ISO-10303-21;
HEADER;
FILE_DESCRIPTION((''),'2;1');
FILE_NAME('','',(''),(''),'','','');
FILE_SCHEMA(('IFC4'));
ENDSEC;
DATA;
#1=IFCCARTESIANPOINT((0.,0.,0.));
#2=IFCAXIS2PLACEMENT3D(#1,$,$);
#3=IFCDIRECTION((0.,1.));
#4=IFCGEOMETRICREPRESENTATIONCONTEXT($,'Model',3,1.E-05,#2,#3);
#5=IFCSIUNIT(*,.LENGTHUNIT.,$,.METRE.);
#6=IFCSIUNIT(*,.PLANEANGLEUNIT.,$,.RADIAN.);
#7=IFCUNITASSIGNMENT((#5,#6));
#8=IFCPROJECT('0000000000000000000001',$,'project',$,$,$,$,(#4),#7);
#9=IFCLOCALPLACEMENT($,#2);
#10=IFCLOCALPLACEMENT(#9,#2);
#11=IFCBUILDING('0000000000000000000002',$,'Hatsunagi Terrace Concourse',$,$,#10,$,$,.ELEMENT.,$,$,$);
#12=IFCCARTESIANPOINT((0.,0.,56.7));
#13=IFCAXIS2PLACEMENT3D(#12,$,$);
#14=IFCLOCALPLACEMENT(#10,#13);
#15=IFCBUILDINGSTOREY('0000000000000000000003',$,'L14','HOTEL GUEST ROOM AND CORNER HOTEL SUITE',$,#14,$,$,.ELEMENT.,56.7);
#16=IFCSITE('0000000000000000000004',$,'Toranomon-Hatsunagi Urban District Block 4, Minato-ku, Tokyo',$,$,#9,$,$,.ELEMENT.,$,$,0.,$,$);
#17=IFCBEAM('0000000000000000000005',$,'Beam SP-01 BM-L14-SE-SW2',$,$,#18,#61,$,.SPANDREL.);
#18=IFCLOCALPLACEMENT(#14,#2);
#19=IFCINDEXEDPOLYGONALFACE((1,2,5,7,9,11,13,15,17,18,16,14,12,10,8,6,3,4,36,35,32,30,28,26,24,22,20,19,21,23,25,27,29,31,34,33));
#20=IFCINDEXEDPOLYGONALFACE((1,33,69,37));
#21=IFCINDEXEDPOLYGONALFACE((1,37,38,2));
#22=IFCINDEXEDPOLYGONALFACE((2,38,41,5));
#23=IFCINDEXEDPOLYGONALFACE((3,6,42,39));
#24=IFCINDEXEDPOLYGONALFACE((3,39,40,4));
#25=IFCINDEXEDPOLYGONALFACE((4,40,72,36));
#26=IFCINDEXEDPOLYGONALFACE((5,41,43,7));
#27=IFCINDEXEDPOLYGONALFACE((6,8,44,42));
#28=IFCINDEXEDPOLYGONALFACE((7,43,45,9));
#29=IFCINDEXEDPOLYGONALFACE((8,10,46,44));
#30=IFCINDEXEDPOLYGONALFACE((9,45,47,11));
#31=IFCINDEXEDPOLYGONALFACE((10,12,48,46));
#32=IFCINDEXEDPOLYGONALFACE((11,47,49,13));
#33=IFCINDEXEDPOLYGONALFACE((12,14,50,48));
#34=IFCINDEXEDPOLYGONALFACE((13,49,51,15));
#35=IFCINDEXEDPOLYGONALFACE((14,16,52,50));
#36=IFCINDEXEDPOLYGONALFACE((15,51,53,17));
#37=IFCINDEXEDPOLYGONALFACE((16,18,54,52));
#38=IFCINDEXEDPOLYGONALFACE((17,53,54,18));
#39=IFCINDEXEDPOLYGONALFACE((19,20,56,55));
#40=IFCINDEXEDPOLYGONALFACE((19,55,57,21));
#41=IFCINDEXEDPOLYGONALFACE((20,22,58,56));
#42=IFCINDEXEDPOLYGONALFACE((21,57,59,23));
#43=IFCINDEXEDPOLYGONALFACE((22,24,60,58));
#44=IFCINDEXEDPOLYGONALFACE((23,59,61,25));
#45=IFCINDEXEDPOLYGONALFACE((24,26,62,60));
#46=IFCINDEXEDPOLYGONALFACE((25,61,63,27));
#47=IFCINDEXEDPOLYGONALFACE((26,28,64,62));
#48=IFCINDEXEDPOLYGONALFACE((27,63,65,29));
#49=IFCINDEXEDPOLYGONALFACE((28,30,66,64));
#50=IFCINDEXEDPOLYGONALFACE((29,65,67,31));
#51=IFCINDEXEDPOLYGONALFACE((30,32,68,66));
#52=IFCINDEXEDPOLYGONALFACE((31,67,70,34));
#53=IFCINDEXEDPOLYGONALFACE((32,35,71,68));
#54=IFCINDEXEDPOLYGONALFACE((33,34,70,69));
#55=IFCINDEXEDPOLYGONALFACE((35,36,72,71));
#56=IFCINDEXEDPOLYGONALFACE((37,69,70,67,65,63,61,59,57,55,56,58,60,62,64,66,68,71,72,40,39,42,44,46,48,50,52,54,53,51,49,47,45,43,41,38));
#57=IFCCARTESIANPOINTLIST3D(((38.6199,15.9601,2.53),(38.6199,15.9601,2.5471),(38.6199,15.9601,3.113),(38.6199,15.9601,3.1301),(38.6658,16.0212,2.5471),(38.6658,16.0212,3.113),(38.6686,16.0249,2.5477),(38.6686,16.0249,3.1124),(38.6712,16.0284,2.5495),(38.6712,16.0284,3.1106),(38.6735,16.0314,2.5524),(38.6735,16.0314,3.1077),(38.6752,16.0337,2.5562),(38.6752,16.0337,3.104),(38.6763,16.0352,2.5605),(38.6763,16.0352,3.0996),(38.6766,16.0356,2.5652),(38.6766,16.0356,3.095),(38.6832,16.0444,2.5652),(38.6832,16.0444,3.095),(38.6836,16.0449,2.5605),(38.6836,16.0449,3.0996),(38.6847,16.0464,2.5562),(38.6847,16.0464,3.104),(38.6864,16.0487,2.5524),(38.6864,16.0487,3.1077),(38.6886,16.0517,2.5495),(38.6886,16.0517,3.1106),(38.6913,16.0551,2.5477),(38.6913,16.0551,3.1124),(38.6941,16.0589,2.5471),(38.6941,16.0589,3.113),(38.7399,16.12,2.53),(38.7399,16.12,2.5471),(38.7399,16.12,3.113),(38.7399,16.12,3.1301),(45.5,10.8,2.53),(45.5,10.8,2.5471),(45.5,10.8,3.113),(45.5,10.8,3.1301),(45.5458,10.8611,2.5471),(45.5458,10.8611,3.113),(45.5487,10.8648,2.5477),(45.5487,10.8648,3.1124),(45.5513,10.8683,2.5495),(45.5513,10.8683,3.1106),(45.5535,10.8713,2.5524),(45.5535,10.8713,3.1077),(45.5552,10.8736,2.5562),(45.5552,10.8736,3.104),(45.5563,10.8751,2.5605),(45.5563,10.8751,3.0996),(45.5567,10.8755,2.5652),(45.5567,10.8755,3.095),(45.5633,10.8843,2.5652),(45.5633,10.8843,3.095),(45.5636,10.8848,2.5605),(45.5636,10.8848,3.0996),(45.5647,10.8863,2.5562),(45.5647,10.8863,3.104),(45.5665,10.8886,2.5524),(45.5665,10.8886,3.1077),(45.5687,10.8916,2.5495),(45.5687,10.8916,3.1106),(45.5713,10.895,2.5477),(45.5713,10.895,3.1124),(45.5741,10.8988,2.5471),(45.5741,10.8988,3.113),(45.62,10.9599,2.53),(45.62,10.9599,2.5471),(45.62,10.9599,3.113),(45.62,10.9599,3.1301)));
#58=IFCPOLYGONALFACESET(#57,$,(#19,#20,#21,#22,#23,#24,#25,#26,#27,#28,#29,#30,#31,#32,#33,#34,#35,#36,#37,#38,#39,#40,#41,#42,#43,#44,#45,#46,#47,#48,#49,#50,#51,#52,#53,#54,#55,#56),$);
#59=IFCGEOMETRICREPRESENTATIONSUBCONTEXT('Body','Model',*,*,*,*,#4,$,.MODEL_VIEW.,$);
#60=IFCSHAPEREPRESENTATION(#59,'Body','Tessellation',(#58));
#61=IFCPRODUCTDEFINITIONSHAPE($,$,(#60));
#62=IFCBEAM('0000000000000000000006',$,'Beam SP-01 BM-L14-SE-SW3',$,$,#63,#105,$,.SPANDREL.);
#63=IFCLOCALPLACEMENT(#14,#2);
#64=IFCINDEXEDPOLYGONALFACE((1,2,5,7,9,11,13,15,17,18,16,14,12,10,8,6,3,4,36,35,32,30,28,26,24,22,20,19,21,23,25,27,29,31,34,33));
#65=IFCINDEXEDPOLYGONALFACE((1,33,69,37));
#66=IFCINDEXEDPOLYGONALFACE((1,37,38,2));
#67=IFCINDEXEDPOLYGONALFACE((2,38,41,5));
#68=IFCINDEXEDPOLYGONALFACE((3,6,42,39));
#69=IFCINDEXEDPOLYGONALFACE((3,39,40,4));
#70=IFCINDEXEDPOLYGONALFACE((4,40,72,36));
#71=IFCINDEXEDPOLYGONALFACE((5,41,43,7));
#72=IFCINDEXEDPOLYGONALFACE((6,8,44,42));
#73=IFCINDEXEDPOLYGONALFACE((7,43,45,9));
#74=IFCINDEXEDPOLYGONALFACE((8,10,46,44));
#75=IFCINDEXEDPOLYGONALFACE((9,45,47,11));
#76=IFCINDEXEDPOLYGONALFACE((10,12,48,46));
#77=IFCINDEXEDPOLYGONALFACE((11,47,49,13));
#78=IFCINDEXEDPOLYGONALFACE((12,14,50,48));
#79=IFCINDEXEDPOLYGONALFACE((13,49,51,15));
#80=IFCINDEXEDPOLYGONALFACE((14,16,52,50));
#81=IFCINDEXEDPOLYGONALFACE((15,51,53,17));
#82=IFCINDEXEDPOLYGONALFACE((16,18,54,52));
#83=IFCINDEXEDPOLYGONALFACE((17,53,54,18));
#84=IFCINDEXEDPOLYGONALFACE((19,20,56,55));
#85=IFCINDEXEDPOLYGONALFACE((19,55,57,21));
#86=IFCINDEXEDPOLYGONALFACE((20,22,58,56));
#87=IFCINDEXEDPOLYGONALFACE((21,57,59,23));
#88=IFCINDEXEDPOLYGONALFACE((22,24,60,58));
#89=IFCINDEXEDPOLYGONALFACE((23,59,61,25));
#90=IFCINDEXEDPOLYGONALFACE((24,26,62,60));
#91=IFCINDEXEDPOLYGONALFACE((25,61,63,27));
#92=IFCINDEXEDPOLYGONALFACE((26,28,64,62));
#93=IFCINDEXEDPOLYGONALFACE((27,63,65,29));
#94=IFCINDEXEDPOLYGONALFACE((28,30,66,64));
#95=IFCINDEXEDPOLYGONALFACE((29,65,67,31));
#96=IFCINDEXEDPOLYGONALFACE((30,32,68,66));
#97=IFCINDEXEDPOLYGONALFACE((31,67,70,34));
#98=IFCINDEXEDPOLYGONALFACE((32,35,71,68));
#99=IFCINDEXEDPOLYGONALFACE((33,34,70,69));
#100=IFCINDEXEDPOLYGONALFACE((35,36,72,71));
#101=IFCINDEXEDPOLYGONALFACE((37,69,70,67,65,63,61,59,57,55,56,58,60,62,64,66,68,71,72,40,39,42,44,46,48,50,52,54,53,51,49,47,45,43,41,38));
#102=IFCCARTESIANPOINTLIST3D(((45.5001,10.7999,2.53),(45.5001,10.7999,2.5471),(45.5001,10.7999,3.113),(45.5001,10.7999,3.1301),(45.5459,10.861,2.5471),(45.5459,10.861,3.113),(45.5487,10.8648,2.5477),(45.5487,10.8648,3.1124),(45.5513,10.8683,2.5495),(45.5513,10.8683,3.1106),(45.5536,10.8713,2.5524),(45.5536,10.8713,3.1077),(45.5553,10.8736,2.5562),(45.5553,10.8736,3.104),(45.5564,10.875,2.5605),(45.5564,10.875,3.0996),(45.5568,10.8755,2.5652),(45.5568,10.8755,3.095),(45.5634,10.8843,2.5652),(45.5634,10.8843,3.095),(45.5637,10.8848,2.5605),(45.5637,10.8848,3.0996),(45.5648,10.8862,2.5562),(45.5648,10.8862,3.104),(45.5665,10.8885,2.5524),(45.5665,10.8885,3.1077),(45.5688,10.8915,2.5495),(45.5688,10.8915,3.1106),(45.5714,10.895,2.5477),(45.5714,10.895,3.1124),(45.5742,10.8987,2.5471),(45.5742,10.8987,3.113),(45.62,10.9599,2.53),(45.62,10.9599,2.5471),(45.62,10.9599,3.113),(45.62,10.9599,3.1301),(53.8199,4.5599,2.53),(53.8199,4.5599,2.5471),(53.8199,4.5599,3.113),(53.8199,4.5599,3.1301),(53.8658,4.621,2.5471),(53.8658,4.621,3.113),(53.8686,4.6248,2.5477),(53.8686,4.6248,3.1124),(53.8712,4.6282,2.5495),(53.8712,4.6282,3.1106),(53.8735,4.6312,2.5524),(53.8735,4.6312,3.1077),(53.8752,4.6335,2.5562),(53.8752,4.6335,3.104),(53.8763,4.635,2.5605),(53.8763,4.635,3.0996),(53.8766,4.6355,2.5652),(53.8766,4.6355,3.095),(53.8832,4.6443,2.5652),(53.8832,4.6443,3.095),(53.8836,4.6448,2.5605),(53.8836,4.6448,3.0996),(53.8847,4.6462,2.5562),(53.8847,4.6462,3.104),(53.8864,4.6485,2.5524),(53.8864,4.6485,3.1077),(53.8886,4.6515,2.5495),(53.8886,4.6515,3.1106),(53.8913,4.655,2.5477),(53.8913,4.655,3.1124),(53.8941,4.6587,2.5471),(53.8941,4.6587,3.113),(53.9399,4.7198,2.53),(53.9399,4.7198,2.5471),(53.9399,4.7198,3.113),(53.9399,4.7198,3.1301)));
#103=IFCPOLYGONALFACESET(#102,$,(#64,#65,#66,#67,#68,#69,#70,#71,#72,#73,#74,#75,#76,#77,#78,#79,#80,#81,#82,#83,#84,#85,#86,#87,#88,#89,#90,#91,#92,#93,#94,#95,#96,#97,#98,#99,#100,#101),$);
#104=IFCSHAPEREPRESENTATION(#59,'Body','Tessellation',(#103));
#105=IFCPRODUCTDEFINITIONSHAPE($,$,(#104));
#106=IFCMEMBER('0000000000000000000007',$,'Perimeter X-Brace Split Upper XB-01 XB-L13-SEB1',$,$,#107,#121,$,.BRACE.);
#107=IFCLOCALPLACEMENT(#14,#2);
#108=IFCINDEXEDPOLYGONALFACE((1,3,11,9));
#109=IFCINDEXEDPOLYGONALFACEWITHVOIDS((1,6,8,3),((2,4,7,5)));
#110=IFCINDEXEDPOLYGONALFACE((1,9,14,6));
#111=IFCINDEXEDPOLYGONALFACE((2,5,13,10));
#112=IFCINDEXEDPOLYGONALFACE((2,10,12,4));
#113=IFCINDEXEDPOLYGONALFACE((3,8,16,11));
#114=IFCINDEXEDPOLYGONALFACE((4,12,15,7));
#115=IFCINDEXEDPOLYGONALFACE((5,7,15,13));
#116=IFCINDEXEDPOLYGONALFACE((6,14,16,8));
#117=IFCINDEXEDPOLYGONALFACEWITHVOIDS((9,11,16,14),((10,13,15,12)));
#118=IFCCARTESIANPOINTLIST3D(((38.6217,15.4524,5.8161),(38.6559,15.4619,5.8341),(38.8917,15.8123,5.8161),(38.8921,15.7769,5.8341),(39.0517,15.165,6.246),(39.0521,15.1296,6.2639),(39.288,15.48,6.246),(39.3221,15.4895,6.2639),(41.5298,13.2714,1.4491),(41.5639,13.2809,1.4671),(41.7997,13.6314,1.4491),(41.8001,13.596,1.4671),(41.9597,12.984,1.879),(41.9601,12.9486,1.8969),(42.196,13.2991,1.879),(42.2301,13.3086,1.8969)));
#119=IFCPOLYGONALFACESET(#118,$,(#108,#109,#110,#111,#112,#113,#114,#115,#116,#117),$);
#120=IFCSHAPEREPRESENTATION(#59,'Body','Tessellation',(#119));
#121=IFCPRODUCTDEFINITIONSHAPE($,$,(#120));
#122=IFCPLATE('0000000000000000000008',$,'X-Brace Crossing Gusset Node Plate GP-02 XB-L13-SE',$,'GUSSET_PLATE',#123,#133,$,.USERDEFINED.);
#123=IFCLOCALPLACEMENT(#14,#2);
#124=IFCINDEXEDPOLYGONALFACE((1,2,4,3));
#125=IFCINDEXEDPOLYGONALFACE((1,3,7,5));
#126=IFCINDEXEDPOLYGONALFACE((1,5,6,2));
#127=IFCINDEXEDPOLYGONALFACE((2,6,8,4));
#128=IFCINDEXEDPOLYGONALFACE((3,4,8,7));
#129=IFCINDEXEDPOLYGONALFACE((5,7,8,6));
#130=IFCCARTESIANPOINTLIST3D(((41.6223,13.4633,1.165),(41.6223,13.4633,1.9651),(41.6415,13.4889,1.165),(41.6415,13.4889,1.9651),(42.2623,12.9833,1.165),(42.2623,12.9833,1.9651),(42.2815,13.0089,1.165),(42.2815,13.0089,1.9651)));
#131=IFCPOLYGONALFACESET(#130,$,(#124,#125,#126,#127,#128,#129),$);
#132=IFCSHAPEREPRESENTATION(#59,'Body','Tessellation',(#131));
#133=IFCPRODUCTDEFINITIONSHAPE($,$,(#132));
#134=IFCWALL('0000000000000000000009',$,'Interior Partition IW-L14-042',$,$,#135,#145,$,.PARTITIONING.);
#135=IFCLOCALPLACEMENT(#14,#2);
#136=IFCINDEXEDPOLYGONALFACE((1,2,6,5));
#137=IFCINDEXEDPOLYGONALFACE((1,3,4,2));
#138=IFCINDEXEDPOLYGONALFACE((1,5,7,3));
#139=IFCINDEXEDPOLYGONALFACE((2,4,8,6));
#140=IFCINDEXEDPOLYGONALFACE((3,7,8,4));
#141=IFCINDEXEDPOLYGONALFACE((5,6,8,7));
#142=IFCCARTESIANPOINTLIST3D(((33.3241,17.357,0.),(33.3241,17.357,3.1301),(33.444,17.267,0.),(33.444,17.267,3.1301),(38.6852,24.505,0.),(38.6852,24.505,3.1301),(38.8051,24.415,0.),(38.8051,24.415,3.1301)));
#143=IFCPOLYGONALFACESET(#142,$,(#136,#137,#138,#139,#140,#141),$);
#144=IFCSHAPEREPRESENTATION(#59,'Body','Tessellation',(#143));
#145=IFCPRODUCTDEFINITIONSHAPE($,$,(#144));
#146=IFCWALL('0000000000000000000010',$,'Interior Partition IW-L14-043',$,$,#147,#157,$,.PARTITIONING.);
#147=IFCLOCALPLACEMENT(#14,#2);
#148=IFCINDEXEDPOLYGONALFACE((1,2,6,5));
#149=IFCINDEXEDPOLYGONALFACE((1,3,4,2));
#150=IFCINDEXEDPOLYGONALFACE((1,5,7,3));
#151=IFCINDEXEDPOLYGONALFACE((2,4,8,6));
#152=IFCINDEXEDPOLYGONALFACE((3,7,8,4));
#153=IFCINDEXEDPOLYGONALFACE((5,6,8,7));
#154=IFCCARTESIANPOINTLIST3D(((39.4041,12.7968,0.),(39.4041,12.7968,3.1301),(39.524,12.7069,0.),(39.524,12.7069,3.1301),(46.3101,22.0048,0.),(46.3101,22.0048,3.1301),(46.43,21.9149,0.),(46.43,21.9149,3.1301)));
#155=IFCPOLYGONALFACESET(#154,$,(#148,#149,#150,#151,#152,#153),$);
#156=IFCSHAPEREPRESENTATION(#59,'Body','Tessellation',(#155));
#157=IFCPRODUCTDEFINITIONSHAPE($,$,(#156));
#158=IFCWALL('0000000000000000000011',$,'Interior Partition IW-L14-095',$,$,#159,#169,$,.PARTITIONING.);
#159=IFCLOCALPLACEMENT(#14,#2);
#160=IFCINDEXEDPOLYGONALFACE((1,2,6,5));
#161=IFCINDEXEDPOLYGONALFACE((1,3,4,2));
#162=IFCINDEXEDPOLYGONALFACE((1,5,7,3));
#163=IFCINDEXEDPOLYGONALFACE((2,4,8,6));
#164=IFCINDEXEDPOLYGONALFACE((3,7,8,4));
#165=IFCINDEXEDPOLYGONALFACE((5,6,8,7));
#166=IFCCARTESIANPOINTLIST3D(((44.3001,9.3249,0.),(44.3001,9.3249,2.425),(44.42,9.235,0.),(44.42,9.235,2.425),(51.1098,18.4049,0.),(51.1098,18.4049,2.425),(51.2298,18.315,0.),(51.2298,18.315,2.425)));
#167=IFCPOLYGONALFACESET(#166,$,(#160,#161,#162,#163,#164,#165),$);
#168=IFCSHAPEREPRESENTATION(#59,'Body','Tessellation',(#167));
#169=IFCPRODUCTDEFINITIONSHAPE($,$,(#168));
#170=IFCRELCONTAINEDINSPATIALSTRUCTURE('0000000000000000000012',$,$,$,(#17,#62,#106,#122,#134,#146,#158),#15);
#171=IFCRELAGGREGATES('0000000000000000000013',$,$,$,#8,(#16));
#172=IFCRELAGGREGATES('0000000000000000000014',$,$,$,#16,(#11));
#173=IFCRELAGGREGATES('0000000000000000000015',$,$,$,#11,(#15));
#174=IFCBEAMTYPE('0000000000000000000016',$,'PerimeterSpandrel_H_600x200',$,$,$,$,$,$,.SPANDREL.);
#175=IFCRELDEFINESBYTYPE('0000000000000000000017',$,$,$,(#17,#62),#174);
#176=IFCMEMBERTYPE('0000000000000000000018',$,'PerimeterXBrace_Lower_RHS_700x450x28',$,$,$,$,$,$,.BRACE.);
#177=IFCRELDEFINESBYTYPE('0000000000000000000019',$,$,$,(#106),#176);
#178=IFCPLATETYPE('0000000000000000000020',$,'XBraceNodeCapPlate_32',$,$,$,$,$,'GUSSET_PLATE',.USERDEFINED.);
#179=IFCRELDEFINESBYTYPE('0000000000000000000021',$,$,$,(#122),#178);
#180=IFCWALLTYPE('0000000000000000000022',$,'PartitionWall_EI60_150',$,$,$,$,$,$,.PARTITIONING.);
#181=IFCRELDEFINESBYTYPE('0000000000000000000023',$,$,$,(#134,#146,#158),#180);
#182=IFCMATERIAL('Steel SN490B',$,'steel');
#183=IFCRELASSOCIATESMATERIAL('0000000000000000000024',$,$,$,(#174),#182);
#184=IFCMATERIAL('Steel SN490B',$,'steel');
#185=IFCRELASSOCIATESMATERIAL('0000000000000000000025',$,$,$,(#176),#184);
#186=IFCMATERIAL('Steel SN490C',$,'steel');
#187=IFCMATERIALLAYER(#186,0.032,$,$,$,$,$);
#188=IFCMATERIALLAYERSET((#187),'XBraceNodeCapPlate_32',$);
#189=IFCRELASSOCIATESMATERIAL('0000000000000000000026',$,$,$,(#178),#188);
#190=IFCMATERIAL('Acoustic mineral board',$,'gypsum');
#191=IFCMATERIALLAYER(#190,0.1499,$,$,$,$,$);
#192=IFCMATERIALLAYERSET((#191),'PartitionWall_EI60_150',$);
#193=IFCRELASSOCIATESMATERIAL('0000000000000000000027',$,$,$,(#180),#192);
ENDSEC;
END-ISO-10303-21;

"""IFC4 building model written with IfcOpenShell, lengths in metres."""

from ifc_helpers import new_model, si_unit, direction, frame, frame_2d, origin, origin_2d, place, context, subcontext, project, spatial, rectangle, hollow_rectangle, i_section, extrude, material, layer, layer_set, material_profile, profile_set, type_object, element, save


model = new_model("IFC4")

# Units and contexts
model_context = context("Model", 3, precision=1e-05, world=origin(), true_north=direction((0.0, 1.0)))
body_context = subcontext(model_context, "Body", "Model", "MODEL_VIEW")
ifc_project = project(units=[si_unit("LENGTHUNIT", "METRE"), si_unit("PLANEANGLEUNIT", "RADIAN")], contexts=[model_context])

# Site, building, storey
site_placement = place(None, origin())
site = spatial("IfcSite", under=ifc_project, at=site_placement, Name="Toranomon-Hatsunagi Urban District Block 4, Minato-ku, Tokyo", CompositionType="ELEMENT", RefElevation=0.0)
building_placement = place(site_placement, origin())
building = spatial("IfcBuilding", under=site, at=building_placement, Name="Hatsunagi Terrace Concourse", CompositionType="ELEMENT")
storey_placement = place(building_placement, frame((0.0, 0.0, 56.7)))
storey = spatial("IfcBuildingStorey", under=building, at=storey_placement, Name="L14", Description="HOTEL GUEST ROOM AND CORNER HOTEL SUITE", CompositionType="ELEMENT", Elevation=56.7)

# Beams
ifc_material_1 = material(Name="Steel SN490B", Category="steel")
ifc_material_profile_1 = material_profile(ifc_material_1, i_section(OverallWidth=0.2, OverallDepth=0.6001, WebThickness=0.011, FlangeThickness=0.0171, FilletRadius=0.0181, at=origin_2d()), Name="H-600x200x11x17")
ifc_profile_set_1 = profile_set([ifc_material_profile_1], Name="Steel SN490B")
beam_type_1 = type_object("IfcBeamType", Name="PerimeterSpandrel_H_600x200", PredefinedType="SPANDREL", material=ifc_profile_set_1)
beam_1_placement = place(storey_placement, frame((38.6799, 16.04, 2.8301), z_axis=(0.799997, -0.600005, 0.0), x_axis=(0.600005, 0.799997, 0.0)))
element("IfcBeam", 1, at=beam_1_placement, inside=storey, type_object=beam_type_1, Name="Beam SP-01 BM-L14-SE-SW2", PredefinedType="SPANDREL", context=body_context, shape_type="SweptSolid", body=[
    extrude(i_section(OverallWidth=0.2, OverallDepth=0.6001, WebThickness=0.011, FlangeThickness=0.0171, FilletRadius=0.0181, at=origin_2d()), origin(), (0.0, 0.0, 1.0), 8.6001),
])
beam_2_placement = place(storey_placement, frame((45.5601, 10.8799, 2.8301), z_axis=(0.799994, -0.600008, 0.0), x_axis=(0.600008, 0.799994, 0.0)))
element("IfcBeam", 2, at=beam_2_placement, inside=storey, type_object=beam_type_1, Name="Beam SP-01 BM-L14-SE-SW3", PredefinedType="SPANDREL", context=body_context, shape_type="SweptSolid", body=[
    extrude(i_section(OverallWidth=0.2, OverallDepth=0.6001, WebThickness=0.011, FlangeThickness=0.0171, FilletRadius=0.0181, at=origin_2d()), origin(), (0.0, 0.0, 1.0), 10.3999),
])

# Member
ifc_material_2 = material(Name="Steel SN490B", Category="steel")
ifc_material_profile_2 = material_profile(ifc_material_2, hollow_rectangle(XDim=0.45, YDim=0.7, WallThickness=0.0281, at=origin_2d()), Name="RHS-700x450x28")
ifc_profile_set_2 = profile_set([ifc_material_profile_2], Name="Steel SN490B")
member_type = type_object("IfcMemberType", Name="PerimeterXBrace_Lower_RHS_700x450x28", PredefinedType="BRACE", material=ifc_profile_set_2)
member_placement = place(storey_placement, frame((38.9719, 15.4709, 6.04), z_axis=(0.511803, -0.383841, -0.768585), x_axis=(0.599989, 0.800008, 0.0)))
element("IfcMember", 3, at=member_placement, inside=storey, type_object=member_type, Name="Perimeter X-Brace Split Upper XB-01 XB-L13-SEB1", PredefinedType="BRACE", context=body_context, shape_type="SweptSolid", body=[
    extrude(hollow_rectangle(XDim=0.45, YDim=0.7, WallThickness=0.0281, at=origin_2d()), origin(), (0.0, 0.0, 1.0), 5.6819),
])

# Plate
ifc_material_3 = material(Name="Steel SN490C", Category="steel")
ifc_layer_1 = layer(ifc_material_3, 0.032)
ifc_layer_set_1 = layer_set([ifc_layer_1], Name="XBraceNodeCapPlate_32")
plate_type = type_object("IfcPlateType", Name="XBraceNodeCapPlate_32", ElementType="GUSSET_PLATE", PredefinedType="USERDEFINED", material=ifc_layer_set_1)
plate_placement = place(storey_placement, frame((41.9519, 13.2361, 1.165), z_axis=(0.0, 0.0, 1.0), x_axis=(0.8, -0.6, 0.0)))
element("IfcPlate", 4, at=plate_placement, inside=storey, type_object=plate_type, Name="X-Brace Crossing Gusset Node Plate GP-02 XB-L13-SE", ObjectType="GUSSET_PLATE", PredefinedType="USERDEFINED", context=body_context, shape_type="SweptSolid", body=[
    extrude(rectangle(XDim=0.8, YDim=0.032, at=origin_2d()), origin(), (0.0, 0.0, 1.0), 0.8),
])

# Walls
ifc_material_4 = material(Name="Acoustic mineral board", Category="gypsum")
ifc_layer_2 = layer(ifc_material_4, 0.1499)
ifc_layer_set_2 = layer_set([ifc_layer_2], Name="PartitionWall_EI60_150")
wall_type = type_object("IfcWallType", Name="PartitionWall_EI60_150", PredefinedType="PARTITIONING", material=ifc_layer_set_2)
wall_1_placement = place(storey_placement, frame((33.384, 17.312, 0.0), z_axis=(0.0, 0.0, 1.0), x_axis=(0.600009, 0.799993, 0.0)))
element("IfcWall", 5, at=wall_1_placement, inside=storey, type_object=wall_type, Name="Interior Partition IW-L14-042", PredefinedType="PARTITIONING", context=body_context, shape_type="SweptSolid", body=[
    extrude(rectangle(XDim=8.9351, YDim=0.1499, at=frame_2d((4.4675, 0.0))), origin(), (0.0, 0.0, 1.0), 3.1301),
])
wall_2_placement = place(storey_placement, frame((39.4641, 12.752, 0.0), z_axis=(0.0, 0.0, 1.0), x_axis=(0.6, 0.8, 0.0)))
element("IfcWall", 6, at=wall_2_placement, inside=storey, type_object=wall_type, Name="Interior Partition IW-L14-043", PredefinedType="PARTITIONING", context=body_context, shape_type="SweptSolid", body=[
    extrude(rectangle(XDim=11.51, YDim=0.1499, at=frame_2d((5.7549, 0.0))), origin(), (0.0, 0.0, 1.0), 3.1301),
])
wall_3_placement = place(storey_placement, frame((44.3601, 9.28, 0.0), z_axis=(0.0, 0.0, 1.0), x_axis=(0.599986, 0.80001, 0.0)))
element("IfcWall", 7, at=wall_3_placement, inside=storey, type_object=wall_type, Name="Interior Partition IW-L14-095", PredefinedType="PARTITIONING", context=body_context, shape_type="SweptSolid", body=[
    extrude(rectangle(XDim=11.3499, YDim=0.1499, at=frame_2d((5.6748, 0.0))), origin(), (0.0, 0.0, 1.0), 2.425),
])

save(model, "model.ifc")
